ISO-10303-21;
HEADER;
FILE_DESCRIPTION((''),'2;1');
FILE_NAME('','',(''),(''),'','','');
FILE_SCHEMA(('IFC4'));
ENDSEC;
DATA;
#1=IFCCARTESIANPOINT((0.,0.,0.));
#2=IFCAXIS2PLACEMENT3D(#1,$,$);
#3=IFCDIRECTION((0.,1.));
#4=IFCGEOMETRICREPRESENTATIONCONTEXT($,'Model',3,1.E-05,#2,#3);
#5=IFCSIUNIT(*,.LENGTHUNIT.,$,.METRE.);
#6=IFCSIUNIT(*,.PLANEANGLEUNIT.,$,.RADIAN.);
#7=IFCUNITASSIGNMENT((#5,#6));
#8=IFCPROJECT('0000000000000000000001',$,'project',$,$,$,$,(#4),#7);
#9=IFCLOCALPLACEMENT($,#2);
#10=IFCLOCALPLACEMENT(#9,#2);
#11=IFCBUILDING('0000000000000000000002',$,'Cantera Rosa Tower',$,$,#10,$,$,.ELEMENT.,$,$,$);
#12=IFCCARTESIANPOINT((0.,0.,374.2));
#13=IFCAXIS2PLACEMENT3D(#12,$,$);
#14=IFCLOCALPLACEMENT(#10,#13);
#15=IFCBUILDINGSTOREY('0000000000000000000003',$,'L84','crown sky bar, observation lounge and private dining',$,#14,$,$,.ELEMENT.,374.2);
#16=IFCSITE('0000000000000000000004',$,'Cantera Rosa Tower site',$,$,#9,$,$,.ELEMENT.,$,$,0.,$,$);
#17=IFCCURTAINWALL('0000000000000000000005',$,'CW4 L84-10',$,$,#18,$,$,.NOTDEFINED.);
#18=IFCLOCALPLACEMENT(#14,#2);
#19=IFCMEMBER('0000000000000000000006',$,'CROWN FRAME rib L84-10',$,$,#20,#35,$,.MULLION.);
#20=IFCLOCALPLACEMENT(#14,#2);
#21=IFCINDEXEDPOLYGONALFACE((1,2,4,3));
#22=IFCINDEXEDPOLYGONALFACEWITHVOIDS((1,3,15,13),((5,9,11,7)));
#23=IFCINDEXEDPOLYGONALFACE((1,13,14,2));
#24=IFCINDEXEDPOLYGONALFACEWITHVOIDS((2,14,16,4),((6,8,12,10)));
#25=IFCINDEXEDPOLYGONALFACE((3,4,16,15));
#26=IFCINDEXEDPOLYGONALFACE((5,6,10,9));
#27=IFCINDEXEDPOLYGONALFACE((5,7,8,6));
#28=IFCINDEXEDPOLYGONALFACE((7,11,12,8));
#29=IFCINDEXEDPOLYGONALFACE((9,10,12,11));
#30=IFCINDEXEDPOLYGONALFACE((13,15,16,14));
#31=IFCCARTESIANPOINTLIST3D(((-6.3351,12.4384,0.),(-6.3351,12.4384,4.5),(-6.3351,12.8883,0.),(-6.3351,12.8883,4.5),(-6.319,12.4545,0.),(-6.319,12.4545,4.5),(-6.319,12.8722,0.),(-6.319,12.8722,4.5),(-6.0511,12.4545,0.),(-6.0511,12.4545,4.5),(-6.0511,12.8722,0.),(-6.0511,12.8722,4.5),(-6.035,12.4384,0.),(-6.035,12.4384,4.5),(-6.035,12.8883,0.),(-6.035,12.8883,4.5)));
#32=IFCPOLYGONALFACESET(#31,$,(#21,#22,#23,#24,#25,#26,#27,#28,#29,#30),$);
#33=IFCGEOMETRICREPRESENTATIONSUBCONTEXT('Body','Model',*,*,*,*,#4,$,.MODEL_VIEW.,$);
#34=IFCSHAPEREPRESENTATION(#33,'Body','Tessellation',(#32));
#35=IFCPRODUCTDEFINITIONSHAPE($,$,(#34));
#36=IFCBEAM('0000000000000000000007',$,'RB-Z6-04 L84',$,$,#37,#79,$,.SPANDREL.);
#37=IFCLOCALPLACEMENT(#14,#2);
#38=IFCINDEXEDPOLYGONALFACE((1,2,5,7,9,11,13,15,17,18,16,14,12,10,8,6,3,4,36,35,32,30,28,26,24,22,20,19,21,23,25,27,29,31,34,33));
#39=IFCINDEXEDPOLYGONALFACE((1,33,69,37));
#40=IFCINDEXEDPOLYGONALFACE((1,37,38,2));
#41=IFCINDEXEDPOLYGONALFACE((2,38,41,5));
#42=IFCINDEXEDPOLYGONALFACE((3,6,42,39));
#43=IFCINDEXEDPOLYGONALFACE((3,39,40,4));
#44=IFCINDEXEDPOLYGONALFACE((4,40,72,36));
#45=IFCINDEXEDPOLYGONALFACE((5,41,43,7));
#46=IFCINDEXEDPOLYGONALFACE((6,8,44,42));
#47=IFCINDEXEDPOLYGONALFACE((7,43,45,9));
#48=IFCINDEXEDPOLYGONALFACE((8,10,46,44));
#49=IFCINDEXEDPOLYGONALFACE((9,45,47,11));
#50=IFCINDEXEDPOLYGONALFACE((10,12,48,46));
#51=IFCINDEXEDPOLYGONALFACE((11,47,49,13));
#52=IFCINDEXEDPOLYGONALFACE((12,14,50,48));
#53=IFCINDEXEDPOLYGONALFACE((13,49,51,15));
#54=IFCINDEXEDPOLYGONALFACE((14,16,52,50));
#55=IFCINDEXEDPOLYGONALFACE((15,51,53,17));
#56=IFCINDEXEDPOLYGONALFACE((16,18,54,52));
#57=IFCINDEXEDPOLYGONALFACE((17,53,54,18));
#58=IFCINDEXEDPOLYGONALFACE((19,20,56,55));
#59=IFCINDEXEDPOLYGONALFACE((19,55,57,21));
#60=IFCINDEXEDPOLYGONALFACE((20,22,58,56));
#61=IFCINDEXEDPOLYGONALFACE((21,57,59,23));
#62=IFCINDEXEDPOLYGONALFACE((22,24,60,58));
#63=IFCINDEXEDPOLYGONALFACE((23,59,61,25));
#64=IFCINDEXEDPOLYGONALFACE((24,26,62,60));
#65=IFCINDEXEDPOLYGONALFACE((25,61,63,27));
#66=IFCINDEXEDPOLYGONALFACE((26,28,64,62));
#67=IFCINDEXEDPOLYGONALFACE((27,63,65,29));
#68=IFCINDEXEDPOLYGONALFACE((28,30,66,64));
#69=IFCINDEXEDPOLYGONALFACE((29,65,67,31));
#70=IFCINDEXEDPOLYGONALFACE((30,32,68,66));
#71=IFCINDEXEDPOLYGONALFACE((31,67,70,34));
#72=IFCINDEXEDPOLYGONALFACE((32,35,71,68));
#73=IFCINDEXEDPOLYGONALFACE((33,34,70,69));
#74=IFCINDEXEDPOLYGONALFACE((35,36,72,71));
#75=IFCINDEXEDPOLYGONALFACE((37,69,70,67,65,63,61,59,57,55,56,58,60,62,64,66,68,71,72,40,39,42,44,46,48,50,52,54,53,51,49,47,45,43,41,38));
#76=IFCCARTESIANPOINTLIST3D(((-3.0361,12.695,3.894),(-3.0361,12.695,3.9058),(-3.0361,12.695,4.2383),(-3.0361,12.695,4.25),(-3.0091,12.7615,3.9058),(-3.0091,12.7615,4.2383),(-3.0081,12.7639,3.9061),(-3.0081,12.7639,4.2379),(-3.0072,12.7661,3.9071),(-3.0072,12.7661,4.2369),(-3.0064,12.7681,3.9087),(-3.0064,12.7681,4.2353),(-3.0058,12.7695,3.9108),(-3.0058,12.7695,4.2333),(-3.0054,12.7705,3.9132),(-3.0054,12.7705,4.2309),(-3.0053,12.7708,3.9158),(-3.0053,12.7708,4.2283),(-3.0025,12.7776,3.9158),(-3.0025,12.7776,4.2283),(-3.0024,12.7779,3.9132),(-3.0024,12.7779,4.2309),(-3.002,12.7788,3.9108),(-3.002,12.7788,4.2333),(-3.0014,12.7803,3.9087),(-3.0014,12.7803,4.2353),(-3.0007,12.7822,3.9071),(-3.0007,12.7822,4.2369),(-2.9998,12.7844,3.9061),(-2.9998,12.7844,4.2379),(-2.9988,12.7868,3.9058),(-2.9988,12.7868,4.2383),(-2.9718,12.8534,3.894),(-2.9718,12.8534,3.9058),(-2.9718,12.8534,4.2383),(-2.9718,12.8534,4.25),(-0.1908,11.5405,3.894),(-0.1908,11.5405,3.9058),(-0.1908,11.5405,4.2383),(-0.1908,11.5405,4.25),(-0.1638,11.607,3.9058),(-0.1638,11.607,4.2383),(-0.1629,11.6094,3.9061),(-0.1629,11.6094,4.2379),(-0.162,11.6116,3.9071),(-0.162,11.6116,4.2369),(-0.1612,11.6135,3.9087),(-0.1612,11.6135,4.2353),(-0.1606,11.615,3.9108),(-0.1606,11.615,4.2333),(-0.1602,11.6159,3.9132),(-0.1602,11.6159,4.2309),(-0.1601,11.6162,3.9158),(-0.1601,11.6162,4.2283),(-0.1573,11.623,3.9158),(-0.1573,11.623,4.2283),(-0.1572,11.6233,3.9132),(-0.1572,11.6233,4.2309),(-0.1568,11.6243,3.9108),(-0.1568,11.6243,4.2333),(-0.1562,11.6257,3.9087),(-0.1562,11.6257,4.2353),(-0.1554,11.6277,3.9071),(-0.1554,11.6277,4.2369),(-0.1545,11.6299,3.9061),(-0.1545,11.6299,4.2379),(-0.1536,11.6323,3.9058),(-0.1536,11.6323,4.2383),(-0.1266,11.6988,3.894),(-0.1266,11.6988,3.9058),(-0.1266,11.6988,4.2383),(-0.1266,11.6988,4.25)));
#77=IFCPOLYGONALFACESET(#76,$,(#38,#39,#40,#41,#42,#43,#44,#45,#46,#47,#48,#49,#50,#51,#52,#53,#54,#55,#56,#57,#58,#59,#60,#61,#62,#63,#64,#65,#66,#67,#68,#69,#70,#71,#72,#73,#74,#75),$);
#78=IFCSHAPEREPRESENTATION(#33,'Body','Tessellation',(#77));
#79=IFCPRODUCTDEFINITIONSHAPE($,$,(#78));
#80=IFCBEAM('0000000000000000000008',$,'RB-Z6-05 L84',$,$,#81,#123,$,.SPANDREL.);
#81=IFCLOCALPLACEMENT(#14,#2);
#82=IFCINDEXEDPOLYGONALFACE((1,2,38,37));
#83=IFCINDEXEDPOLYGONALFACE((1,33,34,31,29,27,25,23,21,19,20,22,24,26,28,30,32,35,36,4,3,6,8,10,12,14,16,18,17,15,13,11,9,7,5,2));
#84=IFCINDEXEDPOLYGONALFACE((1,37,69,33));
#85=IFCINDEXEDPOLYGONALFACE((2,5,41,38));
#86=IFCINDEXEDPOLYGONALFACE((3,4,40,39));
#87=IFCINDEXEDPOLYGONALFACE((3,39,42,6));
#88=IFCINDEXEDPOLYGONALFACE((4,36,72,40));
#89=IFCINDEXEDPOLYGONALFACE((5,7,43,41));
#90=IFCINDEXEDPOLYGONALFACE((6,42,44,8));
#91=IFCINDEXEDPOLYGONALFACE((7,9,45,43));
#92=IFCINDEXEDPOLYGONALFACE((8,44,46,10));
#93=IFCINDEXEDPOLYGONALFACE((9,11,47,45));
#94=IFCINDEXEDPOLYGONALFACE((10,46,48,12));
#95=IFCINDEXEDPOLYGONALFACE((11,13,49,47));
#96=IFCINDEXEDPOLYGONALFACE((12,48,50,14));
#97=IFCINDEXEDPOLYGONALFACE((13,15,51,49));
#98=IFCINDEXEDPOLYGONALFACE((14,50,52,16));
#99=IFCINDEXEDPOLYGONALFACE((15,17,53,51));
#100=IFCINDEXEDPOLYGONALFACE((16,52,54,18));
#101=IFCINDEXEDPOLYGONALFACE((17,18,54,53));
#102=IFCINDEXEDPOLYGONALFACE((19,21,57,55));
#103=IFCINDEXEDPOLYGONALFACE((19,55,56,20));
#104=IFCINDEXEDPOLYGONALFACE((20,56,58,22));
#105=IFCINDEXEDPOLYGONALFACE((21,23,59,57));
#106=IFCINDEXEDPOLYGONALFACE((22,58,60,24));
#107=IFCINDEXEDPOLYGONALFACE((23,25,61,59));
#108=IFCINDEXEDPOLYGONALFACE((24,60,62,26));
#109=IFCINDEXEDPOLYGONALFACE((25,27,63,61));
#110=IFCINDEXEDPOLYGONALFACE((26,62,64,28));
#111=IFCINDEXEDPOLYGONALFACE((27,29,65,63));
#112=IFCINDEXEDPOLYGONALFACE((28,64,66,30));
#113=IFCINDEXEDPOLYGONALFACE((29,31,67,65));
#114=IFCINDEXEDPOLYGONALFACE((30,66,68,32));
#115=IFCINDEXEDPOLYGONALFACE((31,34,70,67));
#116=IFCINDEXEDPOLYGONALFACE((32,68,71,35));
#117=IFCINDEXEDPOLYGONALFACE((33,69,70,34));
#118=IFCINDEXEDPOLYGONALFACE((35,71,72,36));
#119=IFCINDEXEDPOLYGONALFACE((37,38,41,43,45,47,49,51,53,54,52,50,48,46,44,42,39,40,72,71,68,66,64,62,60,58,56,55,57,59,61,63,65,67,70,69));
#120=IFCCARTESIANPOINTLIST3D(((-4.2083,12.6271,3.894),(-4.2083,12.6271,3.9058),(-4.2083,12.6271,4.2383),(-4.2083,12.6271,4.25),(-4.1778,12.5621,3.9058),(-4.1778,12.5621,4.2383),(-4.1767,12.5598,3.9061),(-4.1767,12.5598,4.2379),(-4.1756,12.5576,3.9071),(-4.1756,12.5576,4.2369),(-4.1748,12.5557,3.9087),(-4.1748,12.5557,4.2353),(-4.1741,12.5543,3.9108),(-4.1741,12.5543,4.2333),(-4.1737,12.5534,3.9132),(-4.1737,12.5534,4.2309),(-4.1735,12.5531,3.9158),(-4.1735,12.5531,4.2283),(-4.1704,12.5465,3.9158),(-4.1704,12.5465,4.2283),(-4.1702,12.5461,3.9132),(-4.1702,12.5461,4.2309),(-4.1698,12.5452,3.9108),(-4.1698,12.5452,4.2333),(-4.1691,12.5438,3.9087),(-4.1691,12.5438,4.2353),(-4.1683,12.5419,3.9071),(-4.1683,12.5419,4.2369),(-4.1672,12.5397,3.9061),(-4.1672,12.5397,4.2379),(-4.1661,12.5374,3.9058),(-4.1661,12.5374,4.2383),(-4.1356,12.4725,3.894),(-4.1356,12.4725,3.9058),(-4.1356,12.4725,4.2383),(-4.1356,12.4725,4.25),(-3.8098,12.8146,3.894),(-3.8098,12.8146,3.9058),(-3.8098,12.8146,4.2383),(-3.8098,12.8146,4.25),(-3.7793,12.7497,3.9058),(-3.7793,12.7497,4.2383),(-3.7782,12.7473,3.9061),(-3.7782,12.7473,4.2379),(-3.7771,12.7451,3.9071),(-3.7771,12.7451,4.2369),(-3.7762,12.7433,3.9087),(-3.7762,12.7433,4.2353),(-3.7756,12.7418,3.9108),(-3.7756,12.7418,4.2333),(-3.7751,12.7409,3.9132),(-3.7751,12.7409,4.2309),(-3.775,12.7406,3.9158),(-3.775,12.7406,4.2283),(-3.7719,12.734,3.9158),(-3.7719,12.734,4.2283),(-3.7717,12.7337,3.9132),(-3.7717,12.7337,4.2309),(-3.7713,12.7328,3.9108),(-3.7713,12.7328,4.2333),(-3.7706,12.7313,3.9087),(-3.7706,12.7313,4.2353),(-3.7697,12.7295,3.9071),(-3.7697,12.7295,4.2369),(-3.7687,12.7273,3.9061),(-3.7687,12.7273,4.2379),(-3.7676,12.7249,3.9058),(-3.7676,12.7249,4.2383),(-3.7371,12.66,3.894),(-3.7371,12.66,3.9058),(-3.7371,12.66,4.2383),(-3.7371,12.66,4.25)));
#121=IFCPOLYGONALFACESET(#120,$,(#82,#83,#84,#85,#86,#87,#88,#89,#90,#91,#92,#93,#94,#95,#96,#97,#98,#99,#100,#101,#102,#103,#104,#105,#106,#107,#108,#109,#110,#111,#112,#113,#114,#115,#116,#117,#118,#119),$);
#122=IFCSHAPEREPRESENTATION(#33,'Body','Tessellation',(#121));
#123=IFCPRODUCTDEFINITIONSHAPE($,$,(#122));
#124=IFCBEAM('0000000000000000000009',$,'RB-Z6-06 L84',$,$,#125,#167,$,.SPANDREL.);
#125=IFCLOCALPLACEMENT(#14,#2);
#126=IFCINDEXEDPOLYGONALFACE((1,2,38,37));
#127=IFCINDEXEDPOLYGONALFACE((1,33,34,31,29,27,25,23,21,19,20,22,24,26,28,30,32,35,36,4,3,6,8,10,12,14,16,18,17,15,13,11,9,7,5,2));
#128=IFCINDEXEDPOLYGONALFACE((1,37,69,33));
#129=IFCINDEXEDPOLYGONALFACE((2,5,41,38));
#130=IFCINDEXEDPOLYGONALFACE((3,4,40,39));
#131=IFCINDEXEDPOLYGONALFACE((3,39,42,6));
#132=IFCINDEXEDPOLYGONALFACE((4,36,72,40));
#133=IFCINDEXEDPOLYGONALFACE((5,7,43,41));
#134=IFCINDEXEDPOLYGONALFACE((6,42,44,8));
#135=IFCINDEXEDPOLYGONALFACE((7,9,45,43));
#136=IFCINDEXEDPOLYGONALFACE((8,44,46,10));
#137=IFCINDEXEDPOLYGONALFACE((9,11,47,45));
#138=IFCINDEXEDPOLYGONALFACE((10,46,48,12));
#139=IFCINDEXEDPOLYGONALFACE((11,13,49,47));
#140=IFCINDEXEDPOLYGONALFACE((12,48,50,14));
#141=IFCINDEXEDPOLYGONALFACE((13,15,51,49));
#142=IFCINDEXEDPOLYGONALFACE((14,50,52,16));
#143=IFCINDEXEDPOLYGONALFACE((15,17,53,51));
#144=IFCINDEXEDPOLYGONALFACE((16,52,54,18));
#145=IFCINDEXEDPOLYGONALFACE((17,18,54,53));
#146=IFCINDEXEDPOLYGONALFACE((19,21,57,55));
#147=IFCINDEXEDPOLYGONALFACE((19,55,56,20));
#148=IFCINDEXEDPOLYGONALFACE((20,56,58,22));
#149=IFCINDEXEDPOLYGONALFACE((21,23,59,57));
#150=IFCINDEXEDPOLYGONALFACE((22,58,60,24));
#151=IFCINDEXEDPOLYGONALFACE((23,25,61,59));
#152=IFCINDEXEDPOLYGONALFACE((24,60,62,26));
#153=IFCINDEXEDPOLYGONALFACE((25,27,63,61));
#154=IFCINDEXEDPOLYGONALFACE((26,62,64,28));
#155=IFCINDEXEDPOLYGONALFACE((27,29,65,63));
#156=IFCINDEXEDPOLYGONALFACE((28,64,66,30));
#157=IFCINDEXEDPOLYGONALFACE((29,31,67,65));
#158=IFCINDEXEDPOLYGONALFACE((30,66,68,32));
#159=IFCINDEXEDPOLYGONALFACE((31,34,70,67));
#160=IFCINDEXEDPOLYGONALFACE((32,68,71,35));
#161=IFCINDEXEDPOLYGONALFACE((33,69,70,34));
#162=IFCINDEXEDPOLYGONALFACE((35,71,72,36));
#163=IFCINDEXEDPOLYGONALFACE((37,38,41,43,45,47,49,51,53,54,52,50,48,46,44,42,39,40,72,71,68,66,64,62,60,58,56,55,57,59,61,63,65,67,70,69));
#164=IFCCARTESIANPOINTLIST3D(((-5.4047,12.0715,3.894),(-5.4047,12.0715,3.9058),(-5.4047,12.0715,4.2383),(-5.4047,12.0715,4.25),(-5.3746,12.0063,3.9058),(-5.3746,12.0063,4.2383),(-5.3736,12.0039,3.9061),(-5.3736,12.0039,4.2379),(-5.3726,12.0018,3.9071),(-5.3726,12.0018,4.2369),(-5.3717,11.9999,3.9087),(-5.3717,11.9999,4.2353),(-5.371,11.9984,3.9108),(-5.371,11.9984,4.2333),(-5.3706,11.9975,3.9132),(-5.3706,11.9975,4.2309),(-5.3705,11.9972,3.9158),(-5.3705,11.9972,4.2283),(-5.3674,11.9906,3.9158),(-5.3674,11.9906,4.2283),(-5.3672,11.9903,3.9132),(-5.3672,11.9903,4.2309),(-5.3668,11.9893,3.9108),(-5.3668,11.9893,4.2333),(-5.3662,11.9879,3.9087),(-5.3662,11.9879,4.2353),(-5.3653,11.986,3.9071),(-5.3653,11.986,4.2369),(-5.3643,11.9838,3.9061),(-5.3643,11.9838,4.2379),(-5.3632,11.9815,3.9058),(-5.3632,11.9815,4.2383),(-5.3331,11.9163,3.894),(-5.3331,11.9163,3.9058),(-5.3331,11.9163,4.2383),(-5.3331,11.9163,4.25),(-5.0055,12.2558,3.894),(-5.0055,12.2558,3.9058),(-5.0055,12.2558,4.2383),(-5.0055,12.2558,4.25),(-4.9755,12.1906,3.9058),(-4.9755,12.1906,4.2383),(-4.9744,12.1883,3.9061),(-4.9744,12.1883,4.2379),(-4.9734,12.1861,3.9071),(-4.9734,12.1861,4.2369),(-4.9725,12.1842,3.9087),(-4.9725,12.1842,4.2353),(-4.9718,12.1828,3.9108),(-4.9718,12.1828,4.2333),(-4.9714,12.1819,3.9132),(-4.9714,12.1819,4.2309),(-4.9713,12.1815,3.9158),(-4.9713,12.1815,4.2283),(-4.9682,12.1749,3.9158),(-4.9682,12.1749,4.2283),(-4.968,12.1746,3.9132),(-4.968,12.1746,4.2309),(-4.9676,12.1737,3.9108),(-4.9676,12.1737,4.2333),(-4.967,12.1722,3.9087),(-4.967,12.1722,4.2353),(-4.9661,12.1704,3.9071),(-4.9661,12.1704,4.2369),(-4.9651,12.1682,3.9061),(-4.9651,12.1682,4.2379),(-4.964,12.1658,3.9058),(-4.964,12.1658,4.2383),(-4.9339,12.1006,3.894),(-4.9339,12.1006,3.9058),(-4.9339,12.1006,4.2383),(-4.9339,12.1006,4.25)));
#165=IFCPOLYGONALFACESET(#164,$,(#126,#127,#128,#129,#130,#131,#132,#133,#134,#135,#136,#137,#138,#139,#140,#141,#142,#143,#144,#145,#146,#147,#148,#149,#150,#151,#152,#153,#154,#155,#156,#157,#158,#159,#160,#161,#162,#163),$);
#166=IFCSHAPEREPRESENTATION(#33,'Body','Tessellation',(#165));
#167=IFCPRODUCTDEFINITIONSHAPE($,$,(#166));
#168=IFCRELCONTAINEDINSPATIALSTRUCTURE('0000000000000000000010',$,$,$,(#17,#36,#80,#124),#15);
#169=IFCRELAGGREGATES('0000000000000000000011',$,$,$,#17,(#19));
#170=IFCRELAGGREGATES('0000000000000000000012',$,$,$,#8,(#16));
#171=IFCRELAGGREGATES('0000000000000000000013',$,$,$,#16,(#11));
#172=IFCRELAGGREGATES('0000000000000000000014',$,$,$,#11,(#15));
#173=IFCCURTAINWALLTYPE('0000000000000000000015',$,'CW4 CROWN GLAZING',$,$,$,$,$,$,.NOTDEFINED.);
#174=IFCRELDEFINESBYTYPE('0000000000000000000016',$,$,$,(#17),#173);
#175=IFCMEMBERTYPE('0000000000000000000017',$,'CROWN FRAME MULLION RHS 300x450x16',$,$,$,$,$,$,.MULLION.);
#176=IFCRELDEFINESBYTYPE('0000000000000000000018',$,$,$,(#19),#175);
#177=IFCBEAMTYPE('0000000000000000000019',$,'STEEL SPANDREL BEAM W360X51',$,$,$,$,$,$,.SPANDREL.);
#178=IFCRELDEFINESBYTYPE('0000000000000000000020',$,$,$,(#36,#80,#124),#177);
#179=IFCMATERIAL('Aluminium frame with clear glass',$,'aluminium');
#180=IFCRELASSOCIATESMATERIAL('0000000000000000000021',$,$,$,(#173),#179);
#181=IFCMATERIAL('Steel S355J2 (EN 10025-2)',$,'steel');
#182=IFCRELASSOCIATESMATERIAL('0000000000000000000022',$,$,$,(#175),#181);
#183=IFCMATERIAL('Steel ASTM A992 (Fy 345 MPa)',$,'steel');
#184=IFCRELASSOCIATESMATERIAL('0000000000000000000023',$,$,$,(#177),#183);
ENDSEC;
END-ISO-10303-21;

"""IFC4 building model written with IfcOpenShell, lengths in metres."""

from ifc_helpers import new_model, si_unit, direction, frame, origin, origin_2d, place, context, subcontext, project, spatial, hollow_rectangle, i_section, extrude, material, material_profile, profile_set, type_object, element, aggregate, save


model = new_model("IFC4")

# Units and contexts
model_context = context("Model", 3, precision=1e-05, world=origin(), true_north=direction((0.0, 1.0)))
body_context = subcontext(model_context, "Body", "Model", "MODEL_VIEW")
ifc_project = project(units=[si_unit("LENGTHUNIT", "METRE"), si_unit("PLANEANGLEUNIT", "RADIAN")], contexts=[model_context])

# Site, building, storey
site_placement = place(None, origin())
site = spatial("IfcSite", under=ifc_project, at=site_placement, Name="Cantera Rosa Tower site", CompositionType="ELEMENT", RefElevation=0.0)
building_placement = place(site_placement, origin())
building = spatial("IfcBuilding", under=site, at=building_placement, Name="Cantera Rosa Tower", CompositionType="ELEMENT")
storey_placement = place(building_placement, frame((0.0, 0.0, 374.2)))
storey = spatial("IfcBuildingStorey", under=building, at=storey_placement, Name="L84", Description="crown sky bar, observation lounge and private dining", CompositionType="ELEMENT", Elevation=374.2)

# Curtain wall, member
ifc_material_1 = material(Name="Aluminium frame with clear glass", Category="aluminium")
curtain_wall_type = type_object("IfcCurtainWallType", Name="CW4 CROWN GLAZING", PredefinedType="NOTDEFINED", material=ifc_material_1)
ifc_material_2 = material(Name="Steel S355J2 (EN 10025-2)", Category="steel")
ifc_material_profile_1 = material_profile(ifc_material_2, hollow_rectangle(XDim=0.3, YDim=0.45, WallThickness=0.0161, at=origin_2d()), Name="CROWN FRAME MULLION RHS 300x450x16")
ifc_profile_set_1 = profile_set([ifc_material_profile_1], Name="Steel S355J2 (EN 10025-2)")
member_type = type_object("IfcMemberType", Name="CROWN FRAME MULLION RHS 300x450x16", PredefinedType="MULLION", material=ifc_profile_set_1)
curtain_wall_1_placement = place(storey_placement, origin())
curtain_wall_1 = element("IfcCurtainWall", 1, at=curtain_wall_1_placement, inside=storey, type_object=curtain_wall_type, Name="CW4 L84-10", PredefinedType="NOTDEFINED")
member_1_placement = place(storey_placement, frame((-6.1851, 12.6633, 0.0), z_axis=(0.0, 0.0, 1.0), x_axis=(1.0, 0.0, 0.0)))
member_1 = element("IfcMember", 2, at=member_1_placement, type_object=member_type, Name="CROWN FRAME rib L84-10", PredefinedType="MULLION", context=body_context, shape_type="SweptSolid", body=[
    extrude(hollow_rectangle(XDim=0.3, YDim=0.45, WallThickness=0.0161, at=origin_2d()), origin(), (0.0, 0.0, 1.0), 4.5),
])

# Beams
ifc_material_3 = material(Name="Steel ASTM A992 (Fy 345 MPa)", Category="steel")
ifc_material_profile_2 = material_profile(ifc_material_3, i_section(OverallWidth=0.1709, OverallDepth=0.356, WebThickness=0.0073, FlangeThickness=0.0117, FilletRadius=0.01, at=origin_2d()), Name="W360X51")
ifc_profile_set_2 = profile_set([ifc_material_profile_2], Name="Steel ASTM A992 (Fy 345 MPa)")
beam_type = type_object("IfcBeamType", Name="STEEL SPANDREL BEAM W360X51", PredefinedType="SPANDREL", material=ifc_profile_set_2)
beam_1_placement = place(storey_placement, frame((-0.1587, 11.6196, 4.072), z_axis=(-0.926617, 0.376006, 0.0), x_axis=(-0.376006, -0.926617, 0.0)))
element("IfcBeam", 3, at=beam_1_placement, inside=storey, type_object=beam_type, Name="RB-Z6-04 L84", PredefinedType="SPANDREL", context=body_context, shape_type="SweptSolid", body=[
    extrude(i_section(OverallWidth=0.1709, OverallDepth=0.356, WebThickness=0.0073, FlangeThickness=0.0117, FilletRadius=0.01, at=origin_2d()), origin(), (0.0, 0.0, 1.0), 3.0706),
])
beam_2_placement = place(storey_placement, frame((-3.7734, 12.7373, 4.072), z_axis=(-0.904819, -0.425797, 0.0), x_axis=(0.425797, -0.904819, 0.0)))
element("IfcBeam", 4, at=beam_2_placement, inside=storey, type_object=beam_type, Name="RB-Z6-05 L84", PredefinedType="SPANDREL", context=body_context, shape_type="SweptSolid", body=[
    extrude(i_section(OverallWidth=0.1709, OverallDepth=0.356, WebThickness=0.0073, FlangeThickness=0.0117, FilletRadius=0.01, at=origin_2d()), origin(), (0.0, 0.0, 1.0), 0.4404),
])
beam_3_placement = place(storey_placement, frame((-4.9697, 12.1782, 4.072), z_axis=(-0.907878, -0.419234, 0.0), x_axis=(0.419234, -0.907878, 0.0)))
element("IfcBeam", 5, at=beam_3_placement, inside=storey, type_object=beam_type, Name="RB-Z6-06 L84", PredefinedType="SPANDREL", context=body_context, shape_type="SweptSolid", body=[
    extrude(i_section(OverallWidth=0.1709, OverallDepth=0.356, WebThickness=0.0073, FlangeThickness=0.0117, FilletRadius=0.01, at=origin_2d()), origin(), (0.0, 0.0, 1.0), 0.4397),
])

aggregate(curtain_wall_1, [member_1])

save(model, "model.ifc")
